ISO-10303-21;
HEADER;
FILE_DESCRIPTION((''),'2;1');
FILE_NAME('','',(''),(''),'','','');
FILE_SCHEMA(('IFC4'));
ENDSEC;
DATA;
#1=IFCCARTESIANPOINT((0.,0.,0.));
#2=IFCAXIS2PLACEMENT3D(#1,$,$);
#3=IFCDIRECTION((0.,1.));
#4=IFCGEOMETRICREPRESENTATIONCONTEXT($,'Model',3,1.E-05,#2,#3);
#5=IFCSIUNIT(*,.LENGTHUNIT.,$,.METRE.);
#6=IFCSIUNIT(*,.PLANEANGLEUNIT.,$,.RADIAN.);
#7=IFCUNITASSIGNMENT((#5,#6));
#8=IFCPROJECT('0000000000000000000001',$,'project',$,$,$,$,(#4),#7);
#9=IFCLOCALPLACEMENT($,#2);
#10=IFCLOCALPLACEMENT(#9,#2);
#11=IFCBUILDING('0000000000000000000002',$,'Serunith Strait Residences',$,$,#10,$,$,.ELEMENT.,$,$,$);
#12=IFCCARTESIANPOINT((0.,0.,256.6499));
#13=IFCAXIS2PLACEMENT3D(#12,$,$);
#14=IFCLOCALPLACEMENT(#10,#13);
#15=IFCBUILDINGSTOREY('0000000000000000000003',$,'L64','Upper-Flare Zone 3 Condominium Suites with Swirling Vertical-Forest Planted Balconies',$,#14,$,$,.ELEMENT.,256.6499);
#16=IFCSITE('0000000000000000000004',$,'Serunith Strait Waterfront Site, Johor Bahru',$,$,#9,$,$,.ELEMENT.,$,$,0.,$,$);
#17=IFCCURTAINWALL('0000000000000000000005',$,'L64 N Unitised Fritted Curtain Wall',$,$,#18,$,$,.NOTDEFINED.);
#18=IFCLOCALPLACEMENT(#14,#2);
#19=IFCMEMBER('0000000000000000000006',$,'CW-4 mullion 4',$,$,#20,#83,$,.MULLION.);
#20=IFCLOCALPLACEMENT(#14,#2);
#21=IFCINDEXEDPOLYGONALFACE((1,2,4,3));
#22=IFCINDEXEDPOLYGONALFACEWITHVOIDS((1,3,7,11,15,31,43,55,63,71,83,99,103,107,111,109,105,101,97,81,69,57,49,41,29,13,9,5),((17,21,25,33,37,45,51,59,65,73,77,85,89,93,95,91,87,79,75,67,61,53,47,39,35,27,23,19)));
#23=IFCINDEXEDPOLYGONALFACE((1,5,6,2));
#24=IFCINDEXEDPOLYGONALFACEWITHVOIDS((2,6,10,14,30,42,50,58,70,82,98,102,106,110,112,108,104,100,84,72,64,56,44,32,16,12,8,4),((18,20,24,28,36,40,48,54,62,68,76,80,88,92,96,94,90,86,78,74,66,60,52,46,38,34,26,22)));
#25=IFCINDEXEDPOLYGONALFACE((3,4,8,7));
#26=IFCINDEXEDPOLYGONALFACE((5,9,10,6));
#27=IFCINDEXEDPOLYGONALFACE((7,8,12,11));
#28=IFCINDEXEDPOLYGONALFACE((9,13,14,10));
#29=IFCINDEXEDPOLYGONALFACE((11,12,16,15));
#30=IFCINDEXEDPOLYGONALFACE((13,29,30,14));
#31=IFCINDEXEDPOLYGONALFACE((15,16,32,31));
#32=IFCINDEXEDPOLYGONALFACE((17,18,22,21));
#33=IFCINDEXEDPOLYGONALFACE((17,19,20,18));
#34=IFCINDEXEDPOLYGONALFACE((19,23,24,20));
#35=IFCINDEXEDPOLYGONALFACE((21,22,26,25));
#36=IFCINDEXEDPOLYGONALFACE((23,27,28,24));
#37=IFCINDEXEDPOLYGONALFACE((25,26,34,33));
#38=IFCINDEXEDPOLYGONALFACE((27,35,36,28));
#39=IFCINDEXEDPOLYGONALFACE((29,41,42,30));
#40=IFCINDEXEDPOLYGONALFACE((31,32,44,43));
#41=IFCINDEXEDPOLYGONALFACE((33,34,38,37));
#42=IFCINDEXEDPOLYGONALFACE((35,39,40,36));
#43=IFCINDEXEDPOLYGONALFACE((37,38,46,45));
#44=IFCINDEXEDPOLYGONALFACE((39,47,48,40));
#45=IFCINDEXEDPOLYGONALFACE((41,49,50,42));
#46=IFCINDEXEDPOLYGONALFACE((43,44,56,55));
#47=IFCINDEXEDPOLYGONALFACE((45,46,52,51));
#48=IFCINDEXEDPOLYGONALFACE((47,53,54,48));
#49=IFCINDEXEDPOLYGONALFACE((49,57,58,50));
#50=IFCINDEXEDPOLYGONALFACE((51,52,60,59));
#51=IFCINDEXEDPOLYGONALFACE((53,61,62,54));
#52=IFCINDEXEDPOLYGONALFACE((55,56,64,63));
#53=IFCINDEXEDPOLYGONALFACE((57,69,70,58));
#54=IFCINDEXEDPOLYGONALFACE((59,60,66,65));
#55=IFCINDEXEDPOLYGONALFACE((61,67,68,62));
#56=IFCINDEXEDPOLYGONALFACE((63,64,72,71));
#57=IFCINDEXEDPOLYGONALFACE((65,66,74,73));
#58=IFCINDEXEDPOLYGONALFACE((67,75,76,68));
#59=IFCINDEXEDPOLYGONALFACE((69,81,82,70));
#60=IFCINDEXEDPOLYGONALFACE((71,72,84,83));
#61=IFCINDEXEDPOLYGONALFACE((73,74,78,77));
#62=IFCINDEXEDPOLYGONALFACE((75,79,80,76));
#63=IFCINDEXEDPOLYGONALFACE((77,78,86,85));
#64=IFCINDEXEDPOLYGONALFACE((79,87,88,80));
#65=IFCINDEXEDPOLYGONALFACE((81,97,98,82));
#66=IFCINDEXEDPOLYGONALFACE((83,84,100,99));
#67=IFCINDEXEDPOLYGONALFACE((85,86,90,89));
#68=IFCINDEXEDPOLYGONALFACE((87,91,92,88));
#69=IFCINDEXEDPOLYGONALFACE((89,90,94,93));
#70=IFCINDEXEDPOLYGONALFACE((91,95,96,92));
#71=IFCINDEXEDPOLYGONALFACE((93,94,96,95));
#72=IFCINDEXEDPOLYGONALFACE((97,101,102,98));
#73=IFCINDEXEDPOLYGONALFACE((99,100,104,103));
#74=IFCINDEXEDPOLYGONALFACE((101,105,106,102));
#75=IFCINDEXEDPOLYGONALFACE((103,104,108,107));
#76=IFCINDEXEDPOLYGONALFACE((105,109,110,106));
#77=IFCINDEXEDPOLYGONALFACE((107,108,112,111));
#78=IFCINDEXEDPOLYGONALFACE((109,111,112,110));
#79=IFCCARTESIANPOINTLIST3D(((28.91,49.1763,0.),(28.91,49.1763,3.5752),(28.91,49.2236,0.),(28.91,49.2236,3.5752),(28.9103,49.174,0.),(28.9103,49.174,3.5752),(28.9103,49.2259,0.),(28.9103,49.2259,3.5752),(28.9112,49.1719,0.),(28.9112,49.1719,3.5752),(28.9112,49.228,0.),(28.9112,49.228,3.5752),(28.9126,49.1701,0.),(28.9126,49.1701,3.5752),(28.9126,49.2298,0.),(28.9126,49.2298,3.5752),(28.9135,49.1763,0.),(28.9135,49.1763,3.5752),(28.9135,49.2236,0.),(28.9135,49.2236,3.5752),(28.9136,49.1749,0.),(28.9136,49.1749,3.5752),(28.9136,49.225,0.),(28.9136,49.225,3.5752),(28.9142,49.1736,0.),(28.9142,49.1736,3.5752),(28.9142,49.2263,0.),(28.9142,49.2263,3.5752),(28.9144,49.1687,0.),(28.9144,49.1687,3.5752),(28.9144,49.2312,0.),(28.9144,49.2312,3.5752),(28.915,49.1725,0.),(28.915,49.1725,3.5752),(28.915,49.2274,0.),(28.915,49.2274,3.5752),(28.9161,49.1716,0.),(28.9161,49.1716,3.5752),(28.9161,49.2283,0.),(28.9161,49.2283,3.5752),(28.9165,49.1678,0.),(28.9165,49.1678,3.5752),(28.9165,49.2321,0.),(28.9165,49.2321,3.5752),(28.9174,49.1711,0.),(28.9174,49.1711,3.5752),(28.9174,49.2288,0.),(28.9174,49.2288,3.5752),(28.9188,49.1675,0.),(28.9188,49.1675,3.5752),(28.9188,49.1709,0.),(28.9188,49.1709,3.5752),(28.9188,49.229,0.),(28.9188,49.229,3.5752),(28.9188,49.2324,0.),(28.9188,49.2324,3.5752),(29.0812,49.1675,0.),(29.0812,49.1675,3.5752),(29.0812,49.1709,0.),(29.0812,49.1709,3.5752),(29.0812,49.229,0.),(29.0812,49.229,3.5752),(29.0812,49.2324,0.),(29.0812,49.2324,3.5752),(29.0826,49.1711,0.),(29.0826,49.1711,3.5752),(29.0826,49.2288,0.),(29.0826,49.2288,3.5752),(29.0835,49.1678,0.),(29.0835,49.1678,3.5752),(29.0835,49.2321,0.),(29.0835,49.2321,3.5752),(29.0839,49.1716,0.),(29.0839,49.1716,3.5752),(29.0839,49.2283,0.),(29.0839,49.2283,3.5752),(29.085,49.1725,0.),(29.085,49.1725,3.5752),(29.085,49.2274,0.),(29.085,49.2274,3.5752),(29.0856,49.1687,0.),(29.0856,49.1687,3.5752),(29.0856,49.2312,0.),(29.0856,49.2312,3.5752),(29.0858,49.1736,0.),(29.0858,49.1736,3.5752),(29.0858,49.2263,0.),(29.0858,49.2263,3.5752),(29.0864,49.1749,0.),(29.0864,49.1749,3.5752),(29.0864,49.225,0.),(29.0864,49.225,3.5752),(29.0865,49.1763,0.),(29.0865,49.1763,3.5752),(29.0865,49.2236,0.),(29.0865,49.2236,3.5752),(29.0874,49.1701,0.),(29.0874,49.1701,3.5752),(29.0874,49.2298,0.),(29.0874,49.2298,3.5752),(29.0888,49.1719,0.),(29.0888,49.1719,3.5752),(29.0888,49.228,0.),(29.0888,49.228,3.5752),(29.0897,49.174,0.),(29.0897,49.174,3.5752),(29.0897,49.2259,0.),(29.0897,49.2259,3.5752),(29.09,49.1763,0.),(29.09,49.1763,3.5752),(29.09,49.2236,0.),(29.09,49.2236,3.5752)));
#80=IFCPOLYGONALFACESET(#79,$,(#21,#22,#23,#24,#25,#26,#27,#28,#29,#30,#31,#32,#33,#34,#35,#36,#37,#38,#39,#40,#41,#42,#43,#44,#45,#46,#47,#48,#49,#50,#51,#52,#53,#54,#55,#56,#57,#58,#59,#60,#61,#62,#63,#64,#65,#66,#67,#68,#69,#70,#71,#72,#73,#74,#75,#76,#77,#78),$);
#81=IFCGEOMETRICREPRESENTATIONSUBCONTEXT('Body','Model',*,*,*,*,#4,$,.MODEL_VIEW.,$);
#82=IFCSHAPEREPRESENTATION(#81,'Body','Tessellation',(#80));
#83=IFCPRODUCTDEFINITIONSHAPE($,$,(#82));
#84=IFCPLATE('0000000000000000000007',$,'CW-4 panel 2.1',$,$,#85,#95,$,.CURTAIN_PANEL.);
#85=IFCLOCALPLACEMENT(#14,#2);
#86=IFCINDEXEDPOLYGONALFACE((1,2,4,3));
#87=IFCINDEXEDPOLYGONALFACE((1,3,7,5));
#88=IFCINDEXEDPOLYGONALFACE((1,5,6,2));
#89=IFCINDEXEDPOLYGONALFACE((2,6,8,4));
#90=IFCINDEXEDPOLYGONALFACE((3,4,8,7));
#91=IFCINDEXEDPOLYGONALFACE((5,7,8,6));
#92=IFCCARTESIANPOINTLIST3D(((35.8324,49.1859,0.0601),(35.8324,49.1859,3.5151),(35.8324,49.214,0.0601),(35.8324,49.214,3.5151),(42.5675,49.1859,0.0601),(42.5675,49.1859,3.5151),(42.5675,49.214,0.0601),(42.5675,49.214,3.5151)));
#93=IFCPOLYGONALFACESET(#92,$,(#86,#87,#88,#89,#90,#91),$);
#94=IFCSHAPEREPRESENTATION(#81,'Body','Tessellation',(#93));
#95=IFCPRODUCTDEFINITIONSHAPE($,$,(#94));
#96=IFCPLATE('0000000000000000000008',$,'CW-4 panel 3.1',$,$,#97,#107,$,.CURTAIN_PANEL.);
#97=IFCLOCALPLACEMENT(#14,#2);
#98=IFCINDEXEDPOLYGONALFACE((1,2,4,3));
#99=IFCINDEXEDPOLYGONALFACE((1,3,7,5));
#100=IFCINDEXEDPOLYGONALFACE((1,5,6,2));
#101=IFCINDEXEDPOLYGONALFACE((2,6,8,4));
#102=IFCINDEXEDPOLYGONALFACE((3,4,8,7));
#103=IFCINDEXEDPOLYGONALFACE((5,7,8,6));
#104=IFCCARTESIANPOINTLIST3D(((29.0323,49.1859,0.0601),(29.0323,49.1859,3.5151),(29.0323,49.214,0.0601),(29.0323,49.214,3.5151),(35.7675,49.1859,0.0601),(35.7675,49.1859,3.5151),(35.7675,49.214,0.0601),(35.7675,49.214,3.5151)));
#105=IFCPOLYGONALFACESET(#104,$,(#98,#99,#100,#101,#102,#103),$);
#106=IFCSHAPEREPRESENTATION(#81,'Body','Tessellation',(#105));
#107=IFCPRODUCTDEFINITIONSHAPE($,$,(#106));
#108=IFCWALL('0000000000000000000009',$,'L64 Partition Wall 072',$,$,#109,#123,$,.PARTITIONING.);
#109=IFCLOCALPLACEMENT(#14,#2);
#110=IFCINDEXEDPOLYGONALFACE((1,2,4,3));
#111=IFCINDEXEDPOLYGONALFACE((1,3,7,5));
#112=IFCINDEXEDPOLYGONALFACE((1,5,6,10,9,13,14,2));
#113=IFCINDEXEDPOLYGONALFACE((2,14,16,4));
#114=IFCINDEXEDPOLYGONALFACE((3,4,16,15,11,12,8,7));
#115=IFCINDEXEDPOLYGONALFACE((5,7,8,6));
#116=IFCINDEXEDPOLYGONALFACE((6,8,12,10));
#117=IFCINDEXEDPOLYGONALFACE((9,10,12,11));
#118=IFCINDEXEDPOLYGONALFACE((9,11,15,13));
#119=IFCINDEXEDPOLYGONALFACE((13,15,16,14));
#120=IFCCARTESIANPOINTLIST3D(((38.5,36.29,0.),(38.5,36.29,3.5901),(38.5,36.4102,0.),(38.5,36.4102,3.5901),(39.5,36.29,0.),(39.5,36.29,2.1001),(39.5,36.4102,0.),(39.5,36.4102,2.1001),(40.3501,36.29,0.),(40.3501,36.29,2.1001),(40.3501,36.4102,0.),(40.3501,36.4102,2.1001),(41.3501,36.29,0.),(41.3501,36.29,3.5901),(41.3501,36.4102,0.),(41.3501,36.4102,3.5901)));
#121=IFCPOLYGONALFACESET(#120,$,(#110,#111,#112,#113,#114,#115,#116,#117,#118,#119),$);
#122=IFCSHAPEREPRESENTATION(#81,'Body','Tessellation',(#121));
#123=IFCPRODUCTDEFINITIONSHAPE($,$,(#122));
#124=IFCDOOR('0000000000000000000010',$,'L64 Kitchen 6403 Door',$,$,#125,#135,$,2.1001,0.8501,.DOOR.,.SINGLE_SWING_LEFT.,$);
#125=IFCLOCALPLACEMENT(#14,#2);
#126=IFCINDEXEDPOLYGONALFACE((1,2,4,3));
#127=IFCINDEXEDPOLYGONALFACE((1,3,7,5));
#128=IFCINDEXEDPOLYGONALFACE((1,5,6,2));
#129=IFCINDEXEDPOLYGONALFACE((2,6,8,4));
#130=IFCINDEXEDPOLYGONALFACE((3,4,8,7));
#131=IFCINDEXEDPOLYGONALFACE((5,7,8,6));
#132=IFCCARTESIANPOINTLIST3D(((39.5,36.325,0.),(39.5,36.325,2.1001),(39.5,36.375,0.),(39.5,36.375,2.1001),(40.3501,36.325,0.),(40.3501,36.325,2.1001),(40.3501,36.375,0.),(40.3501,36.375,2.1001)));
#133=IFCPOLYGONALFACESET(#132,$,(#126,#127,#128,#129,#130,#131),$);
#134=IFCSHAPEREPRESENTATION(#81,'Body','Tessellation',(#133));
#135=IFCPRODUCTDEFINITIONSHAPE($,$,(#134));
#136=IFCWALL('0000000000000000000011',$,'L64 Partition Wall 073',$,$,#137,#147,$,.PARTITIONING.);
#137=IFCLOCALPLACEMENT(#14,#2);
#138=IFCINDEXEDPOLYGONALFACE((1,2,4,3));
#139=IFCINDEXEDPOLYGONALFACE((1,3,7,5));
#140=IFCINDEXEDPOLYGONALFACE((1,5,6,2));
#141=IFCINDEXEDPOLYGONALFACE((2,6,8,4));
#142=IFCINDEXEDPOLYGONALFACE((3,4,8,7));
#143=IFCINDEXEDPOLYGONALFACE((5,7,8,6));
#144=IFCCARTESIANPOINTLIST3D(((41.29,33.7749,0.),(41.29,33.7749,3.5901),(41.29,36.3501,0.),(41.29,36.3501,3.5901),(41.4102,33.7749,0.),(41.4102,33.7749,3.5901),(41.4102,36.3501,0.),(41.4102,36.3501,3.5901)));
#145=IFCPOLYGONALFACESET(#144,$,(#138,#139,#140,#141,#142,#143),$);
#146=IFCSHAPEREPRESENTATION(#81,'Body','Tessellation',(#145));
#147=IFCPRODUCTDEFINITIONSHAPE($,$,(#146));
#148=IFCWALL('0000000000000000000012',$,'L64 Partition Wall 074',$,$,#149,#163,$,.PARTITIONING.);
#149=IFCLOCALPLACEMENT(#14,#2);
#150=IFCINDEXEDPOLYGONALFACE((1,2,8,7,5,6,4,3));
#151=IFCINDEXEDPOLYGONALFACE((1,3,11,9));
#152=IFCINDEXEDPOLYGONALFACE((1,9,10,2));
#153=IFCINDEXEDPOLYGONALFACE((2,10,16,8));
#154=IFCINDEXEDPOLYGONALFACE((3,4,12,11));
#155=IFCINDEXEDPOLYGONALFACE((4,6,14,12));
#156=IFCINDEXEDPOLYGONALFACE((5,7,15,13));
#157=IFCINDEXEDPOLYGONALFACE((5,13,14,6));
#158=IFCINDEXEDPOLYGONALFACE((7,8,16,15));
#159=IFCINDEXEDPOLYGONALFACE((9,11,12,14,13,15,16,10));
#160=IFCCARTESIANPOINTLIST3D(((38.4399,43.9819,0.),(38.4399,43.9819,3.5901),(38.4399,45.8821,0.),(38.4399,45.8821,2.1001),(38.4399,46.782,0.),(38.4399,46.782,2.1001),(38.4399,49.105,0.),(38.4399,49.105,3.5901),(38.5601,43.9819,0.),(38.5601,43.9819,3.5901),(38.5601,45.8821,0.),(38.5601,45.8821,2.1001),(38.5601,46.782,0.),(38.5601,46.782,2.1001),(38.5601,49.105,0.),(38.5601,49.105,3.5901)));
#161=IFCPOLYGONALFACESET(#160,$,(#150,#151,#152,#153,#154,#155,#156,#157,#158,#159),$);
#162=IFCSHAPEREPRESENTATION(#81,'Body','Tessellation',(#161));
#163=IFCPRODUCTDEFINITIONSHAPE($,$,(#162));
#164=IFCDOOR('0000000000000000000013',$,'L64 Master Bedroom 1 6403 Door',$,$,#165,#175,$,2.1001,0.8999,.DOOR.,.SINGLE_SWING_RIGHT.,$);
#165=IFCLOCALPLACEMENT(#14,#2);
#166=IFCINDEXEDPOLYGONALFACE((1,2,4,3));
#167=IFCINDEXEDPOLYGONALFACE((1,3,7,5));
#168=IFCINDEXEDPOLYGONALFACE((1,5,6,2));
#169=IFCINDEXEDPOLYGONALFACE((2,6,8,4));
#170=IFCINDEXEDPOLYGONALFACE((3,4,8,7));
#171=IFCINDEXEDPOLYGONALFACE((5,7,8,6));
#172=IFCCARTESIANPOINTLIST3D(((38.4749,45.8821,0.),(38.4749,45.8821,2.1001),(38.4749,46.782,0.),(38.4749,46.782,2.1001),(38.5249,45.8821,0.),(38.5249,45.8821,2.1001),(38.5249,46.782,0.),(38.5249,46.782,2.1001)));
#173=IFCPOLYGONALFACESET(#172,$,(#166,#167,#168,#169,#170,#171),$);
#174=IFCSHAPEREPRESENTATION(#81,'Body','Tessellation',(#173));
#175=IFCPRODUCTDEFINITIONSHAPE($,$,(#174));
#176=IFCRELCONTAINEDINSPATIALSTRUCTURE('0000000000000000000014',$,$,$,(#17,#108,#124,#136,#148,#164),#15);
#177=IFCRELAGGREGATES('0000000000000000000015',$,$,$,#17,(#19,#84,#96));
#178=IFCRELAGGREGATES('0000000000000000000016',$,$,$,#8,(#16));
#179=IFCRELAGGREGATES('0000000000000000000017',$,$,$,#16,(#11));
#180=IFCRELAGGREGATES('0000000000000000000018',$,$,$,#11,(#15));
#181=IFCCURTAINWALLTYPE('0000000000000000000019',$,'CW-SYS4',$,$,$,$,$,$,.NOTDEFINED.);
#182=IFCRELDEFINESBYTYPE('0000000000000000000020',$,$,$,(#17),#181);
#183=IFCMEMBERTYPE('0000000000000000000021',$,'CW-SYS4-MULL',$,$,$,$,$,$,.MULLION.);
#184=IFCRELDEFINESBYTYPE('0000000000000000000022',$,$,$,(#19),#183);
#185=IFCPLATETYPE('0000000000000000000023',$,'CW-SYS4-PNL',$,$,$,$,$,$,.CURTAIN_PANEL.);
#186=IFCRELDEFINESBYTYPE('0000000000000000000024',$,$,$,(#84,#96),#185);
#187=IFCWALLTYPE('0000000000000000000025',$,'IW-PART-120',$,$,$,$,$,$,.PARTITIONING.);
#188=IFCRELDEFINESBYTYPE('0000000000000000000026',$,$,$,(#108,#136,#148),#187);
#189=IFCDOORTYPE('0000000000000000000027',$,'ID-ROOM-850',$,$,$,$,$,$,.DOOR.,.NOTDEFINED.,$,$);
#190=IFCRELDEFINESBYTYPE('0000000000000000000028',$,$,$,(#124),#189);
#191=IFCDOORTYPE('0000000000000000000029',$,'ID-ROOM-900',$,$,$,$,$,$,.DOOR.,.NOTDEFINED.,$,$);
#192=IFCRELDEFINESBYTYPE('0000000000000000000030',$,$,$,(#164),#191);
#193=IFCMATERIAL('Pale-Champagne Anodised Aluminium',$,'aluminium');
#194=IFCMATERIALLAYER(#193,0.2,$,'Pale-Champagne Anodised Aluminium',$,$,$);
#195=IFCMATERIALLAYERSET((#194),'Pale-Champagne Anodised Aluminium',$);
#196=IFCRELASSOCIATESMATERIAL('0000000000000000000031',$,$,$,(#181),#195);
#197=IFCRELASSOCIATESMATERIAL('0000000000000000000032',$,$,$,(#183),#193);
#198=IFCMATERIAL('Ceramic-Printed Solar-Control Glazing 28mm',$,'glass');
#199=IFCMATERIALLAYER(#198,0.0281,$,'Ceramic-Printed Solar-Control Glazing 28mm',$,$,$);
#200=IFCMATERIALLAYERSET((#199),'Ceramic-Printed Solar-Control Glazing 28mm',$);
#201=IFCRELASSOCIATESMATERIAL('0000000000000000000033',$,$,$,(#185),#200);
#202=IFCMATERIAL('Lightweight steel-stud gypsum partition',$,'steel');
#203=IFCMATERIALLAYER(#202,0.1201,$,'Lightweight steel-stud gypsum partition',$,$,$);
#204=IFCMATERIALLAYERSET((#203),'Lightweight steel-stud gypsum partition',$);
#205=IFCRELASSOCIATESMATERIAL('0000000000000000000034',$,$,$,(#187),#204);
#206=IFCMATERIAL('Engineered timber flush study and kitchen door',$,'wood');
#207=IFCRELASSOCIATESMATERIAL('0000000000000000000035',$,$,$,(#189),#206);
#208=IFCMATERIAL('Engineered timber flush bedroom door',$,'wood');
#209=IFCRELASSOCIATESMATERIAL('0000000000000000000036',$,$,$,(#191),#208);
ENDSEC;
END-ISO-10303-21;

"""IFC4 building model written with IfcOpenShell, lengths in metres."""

from ifc_helpers import new_model, si_unit, direction, frame, frame_2d, origin, origin_2d, place, context, subcontext, project, spatial, rectangle, hollow_rectangle, extrude, source, transform, mapped, material, layer, layer_set, material_profile, profile_set, type_object, element, fill, aggregate, save


model = new_model("IFC4")

# Units and contexts
model_context = context("Model", 3, precision=1e-05, world=origin(), true_north=direction((0.0, 1.0)))
body_context = subcontext(model_context, "Body", "Model", "MODEL_VIEW")
ifc_project = project(units=[si_unit("LENGTHUNIT", "METRE"), si_unit("PLANEANGLEUNIT", "RADIAN")], contexts=[model_context])

# Site, building, storey
site_placement = place(None, origin())
site = spatial("IfcSite", under=ifc_project, at=site_placement, Name="Serunith Strait Waterfront Site, Johor Bahru", CompositionType="ELEMENT", RefElevation=0.0)
building_placement = place(site_placement, origin())
building = spatial("IfcBuilding", under=site, at=building_placement, Name="Serunith Strait Residences", CompositionType="ELEMENT")
storey_placement = place(building_placement, frame((0.0, 0.0, 256.6499)))
storey = spatial("IfcBuildingStorey", under=building, at=storey_placement, Name="L64", Description="Upper-Flare Zone 3 Condominium Suites with Swirling Vertical-Forest Planted Balconies", CompositionType="ELEMENT", Elevation=256.6499)

# Curtain wall, member, plates
ifc_material_1 = material(Name="Pale-Champagne Anodised Aluminium", Category="aluminium")
ifc_layer_1 = layer(ifc_material_1, 0.2, Name="Pale-Champagne Anodised Aluminium")
ifc_layer_set_1 = layer_set([ifc_layer_1], Name="Pale-Champagne Anodised Aluminium")
curtain_wall_type = type_object("IfcCurtainWallType", Name="CW-SYS4", PredefinedType="NOTDEFINED", material=ifc_layer_set_1)
curtain_wall_placement = place(storey_placement, origin())
curtain_wall = element("IfcCurtainWall", 1, at=curtain_wall_placement, inside=storey, type_object=curtain_wall_type, Name="L64 N Unitised Fritted Curtain Wall", PredefinedType="NOTDEFINED")
ifc_material_profile_1 = material_profile(ifc_material_1, hollow_rectangle(XDim=0.0649, YDim=0.1799, WallThickness=0.0034, InnerFilletRadius=0.0054, OuterFilletRadius=0.0088, at=origin_2d()), Name="ALU 180x65x3.5")
ifc_profile_set_1 = profile_set([ifc_material_profile_1], Name="Pale-Champagne Anodised Aluminium")
member_type_1 = type_object("IfcMemberType", Name="CW-SYS4-MULL", PredefinedType="MULLION", material=ifc_profile_set_1)
shared_shape_1 = source(origin(), body_context, "Body", "SweptSolid", [
    extrude(hollow_rectangle(XDim=0.0649, YDim=0.1799, WallThickness=0.0034, InnerFilletRadius=0.0054, OuterFilletRadius=0.0088, at=origin_2d()), origin(), (0.0, 0.0, 1.0), 3.5752),
])
member_1_placement = place(storey_placement, frame((29.0, 49.2, 0.0), z_axis=(0.0, 0.0, 1.0), x_axis=(0.0, -1.0, 0.0)))
member_1 = element("IfcMember", 2, at=member_1_placement, type_object=member_type_1, Name="CW-4 mullion 4", PredefinedType="MULLION", context=body_context, shape_type="MappedRepresentation", body=[
    mapped(shared_shape_1, transform((0.0, 0.0, 0.0), scale=1.0)),
])
ifc_material_2 = material(Name="Ceramic-Printed Solar-Control Glazing 28mm", Category="glass")
ifc_layer_2 = layer(ifc_material_2, 0.0281, Name="Ceramic-Printed Solar-Control Glazing 28mm")
ifc_layer_set_2 = layer_set([ifc_layer_2], Name="Ceramic-Printed Solar-Control Glazing 28mm")
plate_type = type_object("IfcPlateType", Name="CW-SYS4-PNL", PredefinedType="CURTAIN_PANEL", material=ifc_layer_set_2)
shared_shape_2 = source(origin(), body_context, "Body", "SweptSolid", [
    extrude(rectangle(XDim=6.7351, YDim=0.0281, at=origin_2d()), origin(), (0.0, 0.0, 1.0), 3.4551),
])
plate_1_placement = place(storey_placement, frame((39.2, 49.2, 0.0601), z_axis=(0.0, 0.0, 1.0), x_axis=(-1.0, 0.0, 0.0)))
plate_1 = element("IfcPlate", 3, at=plate_1_placement, type_object=plate_type, Name="CW-4 panel 2.1", PredefinedType="CURTAIN_PANEL", context=body_context, shape_type="MappedRepresentation", body=[
    mapped(shared_shape_2, transform((0.0, 0.0, 0.0), scale=1.0)),
])
plate_2_placement = place(storey_placement, frame((32.3999, 49.2, 0.0601), z_axis=(0.0, 0.0, 1.0), x_axis=(-1.0, 0.0, 0.0)))
plate_2 = element("IfcPlate", 4, at=plate_2_placement, type_object=plate_type, Name="CW-4 panel 3.1", PredefinedType="CURTAIN_PANEL", context=body_context, shape_type="MappedRepresentation", body=[
    mapped(shared_shape_2, transform((0.0, 0.0, 0.0), scale=1.0)),
])
aggregate(curtain_wall, [member_1, plate_1, plate_2])

# Wall, opening, door
ifc_material_3 = material(Name="Lightweight steel-stud gypsum partition", Category="steel")
ifc_layer_3 = layer(ifc_material_3, 0.1201, Name="Lightweight steel-stud gypsum partition")
ifc_layer_set_3 = layer_set([ifc_layer_3], Name="Lightweight steel-stud gypsum partition")
wall_type = type_object("IfcWallType", Name="IW-PART-120", PredefinedType="PARTITIONING", material=ifc_layer_set_3)
wall_1_placement = place(storey_placement, frame((38.5, 36.3501, 0.0), z_axis=(0.0, 0.0, 1.0), x_axis=(1.0, 0.0, 0.0)))
wall_1 = element("IfcWall", 5, at=wall_1_placement, inside=storey, type_object=wall_type, Name="L64 Partition Wall 072", PredefinedType="PARTITIONING", context=body_context, shape_type="SweptSolid", body=[
    extrude(rectangle(XDim=2.8501, YDim=0.1201, at=frame_2d((1.425, 0.0))), origin(), (0.0, 0.0, 1.0), 3.5901),
])
opening_1_placement = place(wall_1_placement, frame((1.0, 0.0, 0.0)))
opening_1 = element("IfcOpeningElement", 6, at=opening_1_placement, cuts=wall_1, PredefinedType="OPENING", context=body_context, shape_type="SweptSolid", body=[
    extrude(rectangle(XDim=0.8501, YDim=2.1001, at=frame_2d((0.425, 1.05))), frame((0.0, 0.0701, 0.0), z_axis=(0.0, -1.0, 0.0), x_axis=(1.0, 0.0, 0.0)), (0.0, 0.0, 1.0), 0.1401),
])
ifc_material_4 = material(Name="Engineered timber flush study and kitchen door", Category="wood")
door_type_1 = type_object("IfcDoorType", Name="ID-ROOM-850", OperationType="NOTDEFINED", PredefinedType="DOOR", material=ifc_material_4)
shared_shape_3 = source(origin(), body_context, "Body", "SweptSolid", [
    extrude(rectangle(XDim=0.8501, YDim=2.1001, at=frame_2d((0.425, 1.05))), frame((0.0, 0.0249, 0.0), z_axis=(0.0, -1.0, 0.0), x_axis=(1.0, 0.0, 0.0)), (0.0, 0.0, 1.0), 0.05),
])
door_1_placement = place(opening_1_placement, origin())
door_1 = element("IfcDoor", 7, at=door_1_placement, inside=storey, type_object=door_type_1, Name="L64 Kitchen 6403 Door", OperationType="SINGLE_SWING_LEFT", OverallHeight=2.1001, OverallWidth=0.8501, PredefinedType="DOOR", context=body_context, shape_type="MappedRepresentation", body=[
    mapped(shared_shape_3, transform((0.0, 0.0, 0.0), scale=1.0)),
])
fill(opening_1, door_1)

# Wall
wall_2_placement = place(storey_placement, frame((41.3501, 36.3501, 0.0), z_axis=(0.0, 0.0, 1.0), x_axis=(0.0, -1.0, 0.0)))
element("IfcWall", 8, at=wall_2_placement, inside=storey, type_object=wall_type, Name="L64 Partition Wall 073", PredefinedType="PARTITIONING", context=body_context, shape_type="SweptSolid", body=[
    extrude(rectangle(XDim=2.5752, YDim=0.1201, at=frame_2d((1.2876, 0.0))), origin(), (0.0, 0.0, 1.0), 3.5901),
])

# Wall, opening, door
wall_3_placement = place(storey_placement, frame((38.5, 49.105, 0.0), z_axis=(0.0, 0.0, 1.0), x_axis=(0.0, -1.0, 0.0)))
wall_3 = element("IfcWall", 9, at=wall_3_placement, inside=storey, type_object=wall_type, Name="L64 Partition Wall 074", PredefinedType="PARTITIONING", context=body_context, shape_type="SweptSolid", body=[
    extrude(rectangle(XDim=5.123, YDim=0.1201, at=frame_2d((2.5615, 0.0))), origin(), (0.0, 0.0, 1.0), 3.5901),
])
opening_2_placement = place(wall_3_placement, frame((2.323, 0.0, 0.0)))
opening_2 = element("IfcOpeningElement", 10, at=opening_2_placement, cuts=wall_3, PredefinedType="OPENING", context=body_context, shape_type="SweptSolid", body=[
    extrude(rectangle(XDim=0.8999, YDim=2.1001, at=frame_2d((0.45, 1.05))), frame((0.0, 0.0701, 0.0), z_axis=(0.0, -1.0, 0.0), x_axis=(1.0, 0.0, 0.0)), (0.0, 0.0, 1.0), 0.1401),
])
ifc_material_5 = material(Name="Engineered timber flush bedroom door", Category="wood")
door_type_2 = type_object("IfcDoorType", Name="ID-ROOM-900", OperationType="NOTDEFINED", PredefinedType="DOOR", material=ifc_material_5)
shared_shape_4 = source(origin(), body_context, "Body", "SweptSolid", [
    extrude(rectangle(XDim=0.8999, YDim=2.1001, at=frame_2d((0.45, 1.05))), frame((0.0, 0.0249, 0.0), z_axis=(0.0, -1.0, 0.0), x_axis=(1.0, 0.0, 0.0)), (0.0, 0.0, 1.0), 0.05),
])
door_2_placement = place(opening_2_placement, origin())
door_2 = element("IfcDoor", 11, at=door_2_placement, inside=storey, type_object=door_type_2, Name="L64 Master Bedroom 1 6403 Door", OperationType="SINGLE_SWING_RIGHT", OverallHeight=2.1001, OverallWidth=0.8999, PredefinedType="DOOR", context=body_context, shape_type="MappedRepresentation", body=[
    mapped(shared_shape_4, transform((0.0, 0.0, 0.0), scale=1.0)),
])
fill(opening_2, door_2)

save(model, "model.ifc")
